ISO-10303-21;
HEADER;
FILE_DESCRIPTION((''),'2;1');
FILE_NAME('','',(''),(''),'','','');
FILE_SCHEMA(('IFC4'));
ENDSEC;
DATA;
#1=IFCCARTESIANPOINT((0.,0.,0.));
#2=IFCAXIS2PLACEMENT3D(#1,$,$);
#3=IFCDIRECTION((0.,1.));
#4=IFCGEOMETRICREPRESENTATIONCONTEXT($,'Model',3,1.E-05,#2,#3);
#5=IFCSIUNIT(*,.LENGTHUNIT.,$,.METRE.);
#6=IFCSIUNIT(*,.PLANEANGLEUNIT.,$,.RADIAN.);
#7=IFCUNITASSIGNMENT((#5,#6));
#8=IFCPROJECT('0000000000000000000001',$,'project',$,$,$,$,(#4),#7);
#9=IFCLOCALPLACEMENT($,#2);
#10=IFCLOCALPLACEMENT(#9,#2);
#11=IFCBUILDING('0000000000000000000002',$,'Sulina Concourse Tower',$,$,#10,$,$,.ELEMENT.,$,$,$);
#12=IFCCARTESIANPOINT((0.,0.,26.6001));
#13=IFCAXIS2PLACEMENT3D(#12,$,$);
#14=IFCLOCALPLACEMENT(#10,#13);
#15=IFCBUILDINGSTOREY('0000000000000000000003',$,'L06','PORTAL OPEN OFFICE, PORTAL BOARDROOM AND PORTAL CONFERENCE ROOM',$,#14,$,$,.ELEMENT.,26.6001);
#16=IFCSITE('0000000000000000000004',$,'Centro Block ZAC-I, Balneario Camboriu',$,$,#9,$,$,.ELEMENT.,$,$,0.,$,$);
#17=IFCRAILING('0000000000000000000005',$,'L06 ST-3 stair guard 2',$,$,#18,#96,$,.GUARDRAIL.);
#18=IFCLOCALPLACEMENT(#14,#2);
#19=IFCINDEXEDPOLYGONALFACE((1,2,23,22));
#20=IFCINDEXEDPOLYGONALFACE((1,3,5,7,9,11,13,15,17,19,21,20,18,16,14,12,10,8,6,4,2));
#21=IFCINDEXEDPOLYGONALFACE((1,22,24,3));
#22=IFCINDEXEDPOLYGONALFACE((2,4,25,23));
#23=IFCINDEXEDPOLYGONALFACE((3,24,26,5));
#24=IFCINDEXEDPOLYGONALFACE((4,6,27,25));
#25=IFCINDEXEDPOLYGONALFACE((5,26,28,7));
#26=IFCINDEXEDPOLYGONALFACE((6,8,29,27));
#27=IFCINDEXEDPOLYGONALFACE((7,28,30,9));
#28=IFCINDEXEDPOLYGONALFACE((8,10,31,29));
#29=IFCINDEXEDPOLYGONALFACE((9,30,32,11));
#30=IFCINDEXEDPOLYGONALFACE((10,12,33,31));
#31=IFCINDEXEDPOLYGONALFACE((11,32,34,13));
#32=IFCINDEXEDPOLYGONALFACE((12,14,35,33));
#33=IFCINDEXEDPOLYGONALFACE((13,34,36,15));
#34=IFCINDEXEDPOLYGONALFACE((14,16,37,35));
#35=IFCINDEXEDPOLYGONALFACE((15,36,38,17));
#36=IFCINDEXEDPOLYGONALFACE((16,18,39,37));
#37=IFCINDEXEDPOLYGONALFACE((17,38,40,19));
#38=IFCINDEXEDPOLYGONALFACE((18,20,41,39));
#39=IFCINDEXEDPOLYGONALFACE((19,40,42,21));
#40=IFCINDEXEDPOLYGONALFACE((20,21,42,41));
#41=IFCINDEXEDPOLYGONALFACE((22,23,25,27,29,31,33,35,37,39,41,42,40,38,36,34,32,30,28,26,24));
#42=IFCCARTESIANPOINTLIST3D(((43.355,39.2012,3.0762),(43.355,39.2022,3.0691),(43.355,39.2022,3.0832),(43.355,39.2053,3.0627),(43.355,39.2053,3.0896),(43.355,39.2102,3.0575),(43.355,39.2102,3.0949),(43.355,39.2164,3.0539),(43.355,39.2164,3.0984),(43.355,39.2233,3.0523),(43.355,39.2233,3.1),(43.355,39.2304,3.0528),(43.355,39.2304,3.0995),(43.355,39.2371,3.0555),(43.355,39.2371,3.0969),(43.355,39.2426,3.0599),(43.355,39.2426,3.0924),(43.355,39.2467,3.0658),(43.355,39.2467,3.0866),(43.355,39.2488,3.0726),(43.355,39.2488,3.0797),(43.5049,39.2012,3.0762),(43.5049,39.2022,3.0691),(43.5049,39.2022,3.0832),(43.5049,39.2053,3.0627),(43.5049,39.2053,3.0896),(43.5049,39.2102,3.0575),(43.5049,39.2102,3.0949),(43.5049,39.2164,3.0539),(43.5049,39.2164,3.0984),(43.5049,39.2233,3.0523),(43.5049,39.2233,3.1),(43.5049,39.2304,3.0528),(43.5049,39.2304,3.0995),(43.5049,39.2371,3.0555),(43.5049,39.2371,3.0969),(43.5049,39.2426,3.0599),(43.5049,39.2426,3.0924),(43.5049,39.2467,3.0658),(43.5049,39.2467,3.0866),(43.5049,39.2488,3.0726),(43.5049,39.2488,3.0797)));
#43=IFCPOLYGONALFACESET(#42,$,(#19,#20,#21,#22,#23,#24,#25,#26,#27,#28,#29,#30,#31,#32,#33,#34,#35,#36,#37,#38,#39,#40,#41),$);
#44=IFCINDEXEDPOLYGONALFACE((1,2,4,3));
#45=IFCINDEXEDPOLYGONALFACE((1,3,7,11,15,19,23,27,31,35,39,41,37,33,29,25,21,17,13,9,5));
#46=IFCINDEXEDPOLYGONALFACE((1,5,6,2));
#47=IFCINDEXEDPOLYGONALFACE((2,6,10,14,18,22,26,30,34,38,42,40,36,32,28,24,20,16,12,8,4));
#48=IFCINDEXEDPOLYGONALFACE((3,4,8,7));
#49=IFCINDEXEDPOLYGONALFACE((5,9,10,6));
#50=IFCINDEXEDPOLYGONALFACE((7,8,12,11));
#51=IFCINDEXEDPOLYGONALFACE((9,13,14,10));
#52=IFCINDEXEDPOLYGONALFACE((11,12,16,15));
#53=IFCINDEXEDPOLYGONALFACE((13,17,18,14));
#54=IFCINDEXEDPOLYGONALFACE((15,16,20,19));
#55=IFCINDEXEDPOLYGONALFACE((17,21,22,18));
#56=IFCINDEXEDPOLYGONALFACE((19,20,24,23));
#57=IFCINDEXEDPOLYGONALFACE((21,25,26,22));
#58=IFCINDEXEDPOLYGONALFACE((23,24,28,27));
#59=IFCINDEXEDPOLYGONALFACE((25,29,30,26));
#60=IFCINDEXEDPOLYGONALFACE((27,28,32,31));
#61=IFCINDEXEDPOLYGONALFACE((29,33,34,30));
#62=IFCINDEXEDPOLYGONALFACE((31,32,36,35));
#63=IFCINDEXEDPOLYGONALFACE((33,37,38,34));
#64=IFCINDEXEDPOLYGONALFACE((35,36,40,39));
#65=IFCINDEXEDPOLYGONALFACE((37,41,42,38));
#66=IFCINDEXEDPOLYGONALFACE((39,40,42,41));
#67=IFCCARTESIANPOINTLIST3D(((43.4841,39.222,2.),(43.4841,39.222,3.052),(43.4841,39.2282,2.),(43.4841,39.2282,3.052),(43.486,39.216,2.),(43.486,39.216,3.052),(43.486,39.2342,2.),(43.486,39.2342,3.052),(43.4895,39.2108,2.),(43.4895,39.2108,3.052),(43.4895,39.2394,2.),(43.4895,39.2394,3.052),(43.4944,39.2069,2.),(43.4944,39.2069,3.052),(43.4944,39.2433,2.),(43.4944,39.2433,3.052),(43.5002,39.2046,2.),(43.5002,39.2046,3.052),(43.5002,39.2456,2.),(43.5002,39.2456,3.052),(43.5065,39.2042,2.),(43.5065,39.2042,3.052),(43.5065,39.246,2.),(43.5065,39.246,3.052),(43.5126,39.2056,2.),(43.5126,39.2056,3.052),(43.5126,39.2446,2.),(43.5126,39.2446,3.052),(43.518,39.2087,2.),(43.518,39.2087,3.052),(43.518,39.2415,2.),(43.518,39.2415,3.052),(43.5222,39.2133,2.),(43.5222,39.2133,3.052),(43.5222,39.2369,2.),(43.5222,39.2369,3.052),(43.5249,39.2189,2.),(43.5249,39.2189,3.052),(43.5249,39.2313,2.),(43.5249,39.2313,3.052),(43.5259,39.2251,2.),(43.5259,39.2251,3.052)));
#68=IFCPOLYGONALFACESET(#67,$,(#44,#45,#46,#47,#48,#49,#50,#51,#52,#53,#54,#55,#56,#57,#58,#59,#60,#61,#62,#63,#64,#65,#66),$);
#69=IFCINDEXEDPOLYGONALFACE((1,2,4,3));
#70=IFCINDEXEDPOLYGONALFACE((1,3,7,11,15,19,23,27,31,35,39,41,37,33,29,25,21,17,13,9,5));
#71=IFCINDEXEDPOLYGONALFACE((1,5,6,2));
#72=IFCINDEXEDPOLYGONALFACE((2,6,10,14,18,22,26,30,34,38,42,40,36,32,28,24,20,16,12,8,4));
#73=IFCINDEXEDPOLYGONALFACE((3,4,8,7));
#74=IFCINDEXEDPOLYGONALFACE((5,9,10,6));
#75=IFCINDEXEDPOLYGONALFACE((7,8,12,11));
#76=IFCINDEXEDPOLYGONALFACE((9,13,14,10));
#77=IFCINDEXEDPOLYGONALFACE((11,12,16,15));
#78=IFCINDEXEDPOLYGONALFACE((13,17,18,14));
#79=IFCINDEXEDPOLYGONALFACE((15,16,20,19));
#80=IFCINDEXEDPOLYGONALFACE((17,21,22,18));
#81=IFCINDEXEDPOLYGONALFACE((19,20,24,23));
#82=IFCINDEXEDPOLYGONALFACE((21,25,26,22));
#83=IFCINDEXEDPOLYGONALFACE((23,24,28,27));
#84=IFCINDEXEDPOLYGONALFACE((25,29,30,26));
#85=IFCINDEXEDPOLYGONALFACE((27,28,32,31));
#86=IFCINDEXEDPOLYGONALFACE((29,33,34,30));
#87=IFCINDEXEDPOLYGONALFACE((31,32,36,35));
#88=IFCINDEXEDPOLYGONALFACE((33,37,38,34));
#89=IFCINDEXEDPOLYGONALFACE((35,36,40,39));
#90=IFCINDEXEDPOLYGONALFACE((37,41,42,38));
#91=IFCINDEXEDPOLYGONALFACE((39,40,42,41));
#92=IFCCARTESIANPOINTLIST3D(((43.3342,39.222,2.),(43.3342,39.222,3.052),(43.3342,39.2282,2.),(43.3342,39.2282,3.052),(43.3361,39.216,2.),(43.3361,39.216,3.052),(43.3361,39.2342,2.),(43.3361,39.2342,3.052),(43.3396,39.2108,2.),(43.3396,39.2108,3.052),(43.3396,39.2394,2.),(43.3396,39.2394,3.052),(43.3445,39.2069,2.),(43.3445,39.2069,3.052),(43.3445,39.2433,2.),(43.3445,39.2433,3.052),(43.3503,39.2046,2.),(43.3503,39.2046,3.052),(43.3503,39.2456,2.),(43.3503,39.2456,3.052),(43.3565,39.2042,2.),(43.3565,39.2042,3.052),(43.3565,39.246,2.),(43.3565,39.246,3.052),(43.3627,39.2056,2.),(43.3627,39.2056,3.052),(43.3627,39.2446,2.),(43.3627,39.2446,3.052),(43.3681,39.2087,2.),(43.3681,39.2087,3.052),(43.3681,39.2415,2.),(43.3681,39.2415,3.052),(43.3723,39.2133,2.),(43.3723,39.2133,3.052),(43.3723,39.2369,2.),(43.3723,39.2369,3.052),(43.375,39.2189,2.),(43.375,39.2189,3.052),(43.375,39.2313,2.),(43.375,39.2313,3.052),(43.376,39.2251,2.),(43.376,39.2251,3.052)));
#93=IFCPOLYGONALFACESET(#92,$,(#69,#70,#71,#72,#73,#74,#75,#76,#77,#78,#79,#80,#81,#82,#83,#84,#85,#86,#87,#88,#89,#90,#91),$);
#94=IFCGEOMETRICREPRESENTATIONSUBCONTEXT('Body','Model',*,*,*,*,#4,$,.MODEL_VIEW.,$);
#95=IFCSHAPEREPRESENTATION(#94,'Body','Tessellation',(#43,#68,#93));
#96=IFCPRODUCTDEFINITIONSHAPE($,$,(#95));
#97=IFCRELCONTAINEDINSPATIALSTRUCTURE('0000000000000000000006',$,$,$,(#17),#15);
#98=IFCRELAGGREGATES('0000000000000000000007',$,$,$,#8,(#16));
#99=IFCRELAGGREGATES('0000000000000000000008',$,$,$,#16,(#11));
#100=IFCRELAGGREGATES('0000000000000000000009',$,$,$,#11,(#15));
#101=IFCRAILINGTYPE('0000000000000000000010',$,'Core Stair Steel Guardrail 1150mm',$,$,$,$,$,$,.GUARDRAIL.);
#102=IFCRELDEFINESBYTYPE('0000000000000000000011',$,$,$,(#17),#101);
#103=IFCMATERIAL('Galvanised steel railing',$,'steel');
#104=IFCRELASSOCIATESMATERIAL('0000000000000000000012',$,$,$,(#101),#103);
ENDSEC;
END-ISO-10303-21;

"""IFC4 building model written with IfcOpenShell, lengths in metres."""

from ifc_helpers import new_model, si_unit, direction, frame, origin, origin_2d, place, context, subcontext, project, spatial, circle, extrude, material, type_object, element, save


model = new_model("IFC4")

# Units and contexts
model_context = context("Model", 3, precision=1e-05, world=origin(), true_north=direction((0.0, 1.0)))
body_context = subcontext(model_context, "Body", "Model", "MODEL_VIEW")
ifc_project = project(units=[si_unit("LENGTHUNIT", "METRE"), si_unit("PLANEANGLEUNIT", "RADIAN")], contexts=[model_context])

# Site, building, storey
site_placement = place(None, origin())
site = spatial("IfcSite", under=ifc_project, at=site_placement, Name="Centro Block ZAC-I, Balneario Camboriu", CompositionType="ELEMENT", RefElevation=0.0)
building_placement = place(site_placement, origin())
building = spatial("IfcBuilding", under=site, at=building_placement, Name="Sulina Concourse Tower", CompositionType="ELEMENT")
storey_placement = place(building_placement, frame((0.0, 0.0, 26.6001)))
storey = spatial("IfcBuildingStorey", under=building, at=storey_placement, Name="L06", Description="PORTAL OPEN OFFICE, PORTAL BOARDROOM AND PORTAL CONFERENCE ROOM", CompositionType="ELEMENT", Elevation=26.6001)

# Railing
ifc_material_1 = material(Name="Galvanised steel railing", Category="steel")
railing_type_1 = type_object("IfcRailingType", Name="Core Stair Steel Guardrail 1150mm", PredefinedType="GUARDRAIL", material=ifc_material_1)
railing_1_placement = place(storey_placement, frame((43.5049, 39.2251, 2.0)))
element("IfcRailing", 1, at=railing_1_placement, inside=storey, type_object=railing_type_1, Name="L06 ST-3 stair guard 2", PredefinedType="GUARDRAIL", context=body_context, shape_type="SweptSolid", body=[
    extrude(circle(Radius=0.0239, at=origin_2d()), frame((0.0, 0.0, 1.0762), z_axis=(-1.0, 0.0, 0.0), x_axis=(0.0, -1.0, 0.0)), (0.0, 0.0, 1.0), 0.1499),
    extrude(circle(Radius=0.021, at=origin_2d()), origin(), (0.0, 0.0, 1.0), 1.052),
    extrude(circle(Radius=0.021, at=origin_2d()), frame((-0.1499, 0.0, 0.0)), (0.0, 0.0, 1.0), 1.052),
])

save(model, "model.ifc")
